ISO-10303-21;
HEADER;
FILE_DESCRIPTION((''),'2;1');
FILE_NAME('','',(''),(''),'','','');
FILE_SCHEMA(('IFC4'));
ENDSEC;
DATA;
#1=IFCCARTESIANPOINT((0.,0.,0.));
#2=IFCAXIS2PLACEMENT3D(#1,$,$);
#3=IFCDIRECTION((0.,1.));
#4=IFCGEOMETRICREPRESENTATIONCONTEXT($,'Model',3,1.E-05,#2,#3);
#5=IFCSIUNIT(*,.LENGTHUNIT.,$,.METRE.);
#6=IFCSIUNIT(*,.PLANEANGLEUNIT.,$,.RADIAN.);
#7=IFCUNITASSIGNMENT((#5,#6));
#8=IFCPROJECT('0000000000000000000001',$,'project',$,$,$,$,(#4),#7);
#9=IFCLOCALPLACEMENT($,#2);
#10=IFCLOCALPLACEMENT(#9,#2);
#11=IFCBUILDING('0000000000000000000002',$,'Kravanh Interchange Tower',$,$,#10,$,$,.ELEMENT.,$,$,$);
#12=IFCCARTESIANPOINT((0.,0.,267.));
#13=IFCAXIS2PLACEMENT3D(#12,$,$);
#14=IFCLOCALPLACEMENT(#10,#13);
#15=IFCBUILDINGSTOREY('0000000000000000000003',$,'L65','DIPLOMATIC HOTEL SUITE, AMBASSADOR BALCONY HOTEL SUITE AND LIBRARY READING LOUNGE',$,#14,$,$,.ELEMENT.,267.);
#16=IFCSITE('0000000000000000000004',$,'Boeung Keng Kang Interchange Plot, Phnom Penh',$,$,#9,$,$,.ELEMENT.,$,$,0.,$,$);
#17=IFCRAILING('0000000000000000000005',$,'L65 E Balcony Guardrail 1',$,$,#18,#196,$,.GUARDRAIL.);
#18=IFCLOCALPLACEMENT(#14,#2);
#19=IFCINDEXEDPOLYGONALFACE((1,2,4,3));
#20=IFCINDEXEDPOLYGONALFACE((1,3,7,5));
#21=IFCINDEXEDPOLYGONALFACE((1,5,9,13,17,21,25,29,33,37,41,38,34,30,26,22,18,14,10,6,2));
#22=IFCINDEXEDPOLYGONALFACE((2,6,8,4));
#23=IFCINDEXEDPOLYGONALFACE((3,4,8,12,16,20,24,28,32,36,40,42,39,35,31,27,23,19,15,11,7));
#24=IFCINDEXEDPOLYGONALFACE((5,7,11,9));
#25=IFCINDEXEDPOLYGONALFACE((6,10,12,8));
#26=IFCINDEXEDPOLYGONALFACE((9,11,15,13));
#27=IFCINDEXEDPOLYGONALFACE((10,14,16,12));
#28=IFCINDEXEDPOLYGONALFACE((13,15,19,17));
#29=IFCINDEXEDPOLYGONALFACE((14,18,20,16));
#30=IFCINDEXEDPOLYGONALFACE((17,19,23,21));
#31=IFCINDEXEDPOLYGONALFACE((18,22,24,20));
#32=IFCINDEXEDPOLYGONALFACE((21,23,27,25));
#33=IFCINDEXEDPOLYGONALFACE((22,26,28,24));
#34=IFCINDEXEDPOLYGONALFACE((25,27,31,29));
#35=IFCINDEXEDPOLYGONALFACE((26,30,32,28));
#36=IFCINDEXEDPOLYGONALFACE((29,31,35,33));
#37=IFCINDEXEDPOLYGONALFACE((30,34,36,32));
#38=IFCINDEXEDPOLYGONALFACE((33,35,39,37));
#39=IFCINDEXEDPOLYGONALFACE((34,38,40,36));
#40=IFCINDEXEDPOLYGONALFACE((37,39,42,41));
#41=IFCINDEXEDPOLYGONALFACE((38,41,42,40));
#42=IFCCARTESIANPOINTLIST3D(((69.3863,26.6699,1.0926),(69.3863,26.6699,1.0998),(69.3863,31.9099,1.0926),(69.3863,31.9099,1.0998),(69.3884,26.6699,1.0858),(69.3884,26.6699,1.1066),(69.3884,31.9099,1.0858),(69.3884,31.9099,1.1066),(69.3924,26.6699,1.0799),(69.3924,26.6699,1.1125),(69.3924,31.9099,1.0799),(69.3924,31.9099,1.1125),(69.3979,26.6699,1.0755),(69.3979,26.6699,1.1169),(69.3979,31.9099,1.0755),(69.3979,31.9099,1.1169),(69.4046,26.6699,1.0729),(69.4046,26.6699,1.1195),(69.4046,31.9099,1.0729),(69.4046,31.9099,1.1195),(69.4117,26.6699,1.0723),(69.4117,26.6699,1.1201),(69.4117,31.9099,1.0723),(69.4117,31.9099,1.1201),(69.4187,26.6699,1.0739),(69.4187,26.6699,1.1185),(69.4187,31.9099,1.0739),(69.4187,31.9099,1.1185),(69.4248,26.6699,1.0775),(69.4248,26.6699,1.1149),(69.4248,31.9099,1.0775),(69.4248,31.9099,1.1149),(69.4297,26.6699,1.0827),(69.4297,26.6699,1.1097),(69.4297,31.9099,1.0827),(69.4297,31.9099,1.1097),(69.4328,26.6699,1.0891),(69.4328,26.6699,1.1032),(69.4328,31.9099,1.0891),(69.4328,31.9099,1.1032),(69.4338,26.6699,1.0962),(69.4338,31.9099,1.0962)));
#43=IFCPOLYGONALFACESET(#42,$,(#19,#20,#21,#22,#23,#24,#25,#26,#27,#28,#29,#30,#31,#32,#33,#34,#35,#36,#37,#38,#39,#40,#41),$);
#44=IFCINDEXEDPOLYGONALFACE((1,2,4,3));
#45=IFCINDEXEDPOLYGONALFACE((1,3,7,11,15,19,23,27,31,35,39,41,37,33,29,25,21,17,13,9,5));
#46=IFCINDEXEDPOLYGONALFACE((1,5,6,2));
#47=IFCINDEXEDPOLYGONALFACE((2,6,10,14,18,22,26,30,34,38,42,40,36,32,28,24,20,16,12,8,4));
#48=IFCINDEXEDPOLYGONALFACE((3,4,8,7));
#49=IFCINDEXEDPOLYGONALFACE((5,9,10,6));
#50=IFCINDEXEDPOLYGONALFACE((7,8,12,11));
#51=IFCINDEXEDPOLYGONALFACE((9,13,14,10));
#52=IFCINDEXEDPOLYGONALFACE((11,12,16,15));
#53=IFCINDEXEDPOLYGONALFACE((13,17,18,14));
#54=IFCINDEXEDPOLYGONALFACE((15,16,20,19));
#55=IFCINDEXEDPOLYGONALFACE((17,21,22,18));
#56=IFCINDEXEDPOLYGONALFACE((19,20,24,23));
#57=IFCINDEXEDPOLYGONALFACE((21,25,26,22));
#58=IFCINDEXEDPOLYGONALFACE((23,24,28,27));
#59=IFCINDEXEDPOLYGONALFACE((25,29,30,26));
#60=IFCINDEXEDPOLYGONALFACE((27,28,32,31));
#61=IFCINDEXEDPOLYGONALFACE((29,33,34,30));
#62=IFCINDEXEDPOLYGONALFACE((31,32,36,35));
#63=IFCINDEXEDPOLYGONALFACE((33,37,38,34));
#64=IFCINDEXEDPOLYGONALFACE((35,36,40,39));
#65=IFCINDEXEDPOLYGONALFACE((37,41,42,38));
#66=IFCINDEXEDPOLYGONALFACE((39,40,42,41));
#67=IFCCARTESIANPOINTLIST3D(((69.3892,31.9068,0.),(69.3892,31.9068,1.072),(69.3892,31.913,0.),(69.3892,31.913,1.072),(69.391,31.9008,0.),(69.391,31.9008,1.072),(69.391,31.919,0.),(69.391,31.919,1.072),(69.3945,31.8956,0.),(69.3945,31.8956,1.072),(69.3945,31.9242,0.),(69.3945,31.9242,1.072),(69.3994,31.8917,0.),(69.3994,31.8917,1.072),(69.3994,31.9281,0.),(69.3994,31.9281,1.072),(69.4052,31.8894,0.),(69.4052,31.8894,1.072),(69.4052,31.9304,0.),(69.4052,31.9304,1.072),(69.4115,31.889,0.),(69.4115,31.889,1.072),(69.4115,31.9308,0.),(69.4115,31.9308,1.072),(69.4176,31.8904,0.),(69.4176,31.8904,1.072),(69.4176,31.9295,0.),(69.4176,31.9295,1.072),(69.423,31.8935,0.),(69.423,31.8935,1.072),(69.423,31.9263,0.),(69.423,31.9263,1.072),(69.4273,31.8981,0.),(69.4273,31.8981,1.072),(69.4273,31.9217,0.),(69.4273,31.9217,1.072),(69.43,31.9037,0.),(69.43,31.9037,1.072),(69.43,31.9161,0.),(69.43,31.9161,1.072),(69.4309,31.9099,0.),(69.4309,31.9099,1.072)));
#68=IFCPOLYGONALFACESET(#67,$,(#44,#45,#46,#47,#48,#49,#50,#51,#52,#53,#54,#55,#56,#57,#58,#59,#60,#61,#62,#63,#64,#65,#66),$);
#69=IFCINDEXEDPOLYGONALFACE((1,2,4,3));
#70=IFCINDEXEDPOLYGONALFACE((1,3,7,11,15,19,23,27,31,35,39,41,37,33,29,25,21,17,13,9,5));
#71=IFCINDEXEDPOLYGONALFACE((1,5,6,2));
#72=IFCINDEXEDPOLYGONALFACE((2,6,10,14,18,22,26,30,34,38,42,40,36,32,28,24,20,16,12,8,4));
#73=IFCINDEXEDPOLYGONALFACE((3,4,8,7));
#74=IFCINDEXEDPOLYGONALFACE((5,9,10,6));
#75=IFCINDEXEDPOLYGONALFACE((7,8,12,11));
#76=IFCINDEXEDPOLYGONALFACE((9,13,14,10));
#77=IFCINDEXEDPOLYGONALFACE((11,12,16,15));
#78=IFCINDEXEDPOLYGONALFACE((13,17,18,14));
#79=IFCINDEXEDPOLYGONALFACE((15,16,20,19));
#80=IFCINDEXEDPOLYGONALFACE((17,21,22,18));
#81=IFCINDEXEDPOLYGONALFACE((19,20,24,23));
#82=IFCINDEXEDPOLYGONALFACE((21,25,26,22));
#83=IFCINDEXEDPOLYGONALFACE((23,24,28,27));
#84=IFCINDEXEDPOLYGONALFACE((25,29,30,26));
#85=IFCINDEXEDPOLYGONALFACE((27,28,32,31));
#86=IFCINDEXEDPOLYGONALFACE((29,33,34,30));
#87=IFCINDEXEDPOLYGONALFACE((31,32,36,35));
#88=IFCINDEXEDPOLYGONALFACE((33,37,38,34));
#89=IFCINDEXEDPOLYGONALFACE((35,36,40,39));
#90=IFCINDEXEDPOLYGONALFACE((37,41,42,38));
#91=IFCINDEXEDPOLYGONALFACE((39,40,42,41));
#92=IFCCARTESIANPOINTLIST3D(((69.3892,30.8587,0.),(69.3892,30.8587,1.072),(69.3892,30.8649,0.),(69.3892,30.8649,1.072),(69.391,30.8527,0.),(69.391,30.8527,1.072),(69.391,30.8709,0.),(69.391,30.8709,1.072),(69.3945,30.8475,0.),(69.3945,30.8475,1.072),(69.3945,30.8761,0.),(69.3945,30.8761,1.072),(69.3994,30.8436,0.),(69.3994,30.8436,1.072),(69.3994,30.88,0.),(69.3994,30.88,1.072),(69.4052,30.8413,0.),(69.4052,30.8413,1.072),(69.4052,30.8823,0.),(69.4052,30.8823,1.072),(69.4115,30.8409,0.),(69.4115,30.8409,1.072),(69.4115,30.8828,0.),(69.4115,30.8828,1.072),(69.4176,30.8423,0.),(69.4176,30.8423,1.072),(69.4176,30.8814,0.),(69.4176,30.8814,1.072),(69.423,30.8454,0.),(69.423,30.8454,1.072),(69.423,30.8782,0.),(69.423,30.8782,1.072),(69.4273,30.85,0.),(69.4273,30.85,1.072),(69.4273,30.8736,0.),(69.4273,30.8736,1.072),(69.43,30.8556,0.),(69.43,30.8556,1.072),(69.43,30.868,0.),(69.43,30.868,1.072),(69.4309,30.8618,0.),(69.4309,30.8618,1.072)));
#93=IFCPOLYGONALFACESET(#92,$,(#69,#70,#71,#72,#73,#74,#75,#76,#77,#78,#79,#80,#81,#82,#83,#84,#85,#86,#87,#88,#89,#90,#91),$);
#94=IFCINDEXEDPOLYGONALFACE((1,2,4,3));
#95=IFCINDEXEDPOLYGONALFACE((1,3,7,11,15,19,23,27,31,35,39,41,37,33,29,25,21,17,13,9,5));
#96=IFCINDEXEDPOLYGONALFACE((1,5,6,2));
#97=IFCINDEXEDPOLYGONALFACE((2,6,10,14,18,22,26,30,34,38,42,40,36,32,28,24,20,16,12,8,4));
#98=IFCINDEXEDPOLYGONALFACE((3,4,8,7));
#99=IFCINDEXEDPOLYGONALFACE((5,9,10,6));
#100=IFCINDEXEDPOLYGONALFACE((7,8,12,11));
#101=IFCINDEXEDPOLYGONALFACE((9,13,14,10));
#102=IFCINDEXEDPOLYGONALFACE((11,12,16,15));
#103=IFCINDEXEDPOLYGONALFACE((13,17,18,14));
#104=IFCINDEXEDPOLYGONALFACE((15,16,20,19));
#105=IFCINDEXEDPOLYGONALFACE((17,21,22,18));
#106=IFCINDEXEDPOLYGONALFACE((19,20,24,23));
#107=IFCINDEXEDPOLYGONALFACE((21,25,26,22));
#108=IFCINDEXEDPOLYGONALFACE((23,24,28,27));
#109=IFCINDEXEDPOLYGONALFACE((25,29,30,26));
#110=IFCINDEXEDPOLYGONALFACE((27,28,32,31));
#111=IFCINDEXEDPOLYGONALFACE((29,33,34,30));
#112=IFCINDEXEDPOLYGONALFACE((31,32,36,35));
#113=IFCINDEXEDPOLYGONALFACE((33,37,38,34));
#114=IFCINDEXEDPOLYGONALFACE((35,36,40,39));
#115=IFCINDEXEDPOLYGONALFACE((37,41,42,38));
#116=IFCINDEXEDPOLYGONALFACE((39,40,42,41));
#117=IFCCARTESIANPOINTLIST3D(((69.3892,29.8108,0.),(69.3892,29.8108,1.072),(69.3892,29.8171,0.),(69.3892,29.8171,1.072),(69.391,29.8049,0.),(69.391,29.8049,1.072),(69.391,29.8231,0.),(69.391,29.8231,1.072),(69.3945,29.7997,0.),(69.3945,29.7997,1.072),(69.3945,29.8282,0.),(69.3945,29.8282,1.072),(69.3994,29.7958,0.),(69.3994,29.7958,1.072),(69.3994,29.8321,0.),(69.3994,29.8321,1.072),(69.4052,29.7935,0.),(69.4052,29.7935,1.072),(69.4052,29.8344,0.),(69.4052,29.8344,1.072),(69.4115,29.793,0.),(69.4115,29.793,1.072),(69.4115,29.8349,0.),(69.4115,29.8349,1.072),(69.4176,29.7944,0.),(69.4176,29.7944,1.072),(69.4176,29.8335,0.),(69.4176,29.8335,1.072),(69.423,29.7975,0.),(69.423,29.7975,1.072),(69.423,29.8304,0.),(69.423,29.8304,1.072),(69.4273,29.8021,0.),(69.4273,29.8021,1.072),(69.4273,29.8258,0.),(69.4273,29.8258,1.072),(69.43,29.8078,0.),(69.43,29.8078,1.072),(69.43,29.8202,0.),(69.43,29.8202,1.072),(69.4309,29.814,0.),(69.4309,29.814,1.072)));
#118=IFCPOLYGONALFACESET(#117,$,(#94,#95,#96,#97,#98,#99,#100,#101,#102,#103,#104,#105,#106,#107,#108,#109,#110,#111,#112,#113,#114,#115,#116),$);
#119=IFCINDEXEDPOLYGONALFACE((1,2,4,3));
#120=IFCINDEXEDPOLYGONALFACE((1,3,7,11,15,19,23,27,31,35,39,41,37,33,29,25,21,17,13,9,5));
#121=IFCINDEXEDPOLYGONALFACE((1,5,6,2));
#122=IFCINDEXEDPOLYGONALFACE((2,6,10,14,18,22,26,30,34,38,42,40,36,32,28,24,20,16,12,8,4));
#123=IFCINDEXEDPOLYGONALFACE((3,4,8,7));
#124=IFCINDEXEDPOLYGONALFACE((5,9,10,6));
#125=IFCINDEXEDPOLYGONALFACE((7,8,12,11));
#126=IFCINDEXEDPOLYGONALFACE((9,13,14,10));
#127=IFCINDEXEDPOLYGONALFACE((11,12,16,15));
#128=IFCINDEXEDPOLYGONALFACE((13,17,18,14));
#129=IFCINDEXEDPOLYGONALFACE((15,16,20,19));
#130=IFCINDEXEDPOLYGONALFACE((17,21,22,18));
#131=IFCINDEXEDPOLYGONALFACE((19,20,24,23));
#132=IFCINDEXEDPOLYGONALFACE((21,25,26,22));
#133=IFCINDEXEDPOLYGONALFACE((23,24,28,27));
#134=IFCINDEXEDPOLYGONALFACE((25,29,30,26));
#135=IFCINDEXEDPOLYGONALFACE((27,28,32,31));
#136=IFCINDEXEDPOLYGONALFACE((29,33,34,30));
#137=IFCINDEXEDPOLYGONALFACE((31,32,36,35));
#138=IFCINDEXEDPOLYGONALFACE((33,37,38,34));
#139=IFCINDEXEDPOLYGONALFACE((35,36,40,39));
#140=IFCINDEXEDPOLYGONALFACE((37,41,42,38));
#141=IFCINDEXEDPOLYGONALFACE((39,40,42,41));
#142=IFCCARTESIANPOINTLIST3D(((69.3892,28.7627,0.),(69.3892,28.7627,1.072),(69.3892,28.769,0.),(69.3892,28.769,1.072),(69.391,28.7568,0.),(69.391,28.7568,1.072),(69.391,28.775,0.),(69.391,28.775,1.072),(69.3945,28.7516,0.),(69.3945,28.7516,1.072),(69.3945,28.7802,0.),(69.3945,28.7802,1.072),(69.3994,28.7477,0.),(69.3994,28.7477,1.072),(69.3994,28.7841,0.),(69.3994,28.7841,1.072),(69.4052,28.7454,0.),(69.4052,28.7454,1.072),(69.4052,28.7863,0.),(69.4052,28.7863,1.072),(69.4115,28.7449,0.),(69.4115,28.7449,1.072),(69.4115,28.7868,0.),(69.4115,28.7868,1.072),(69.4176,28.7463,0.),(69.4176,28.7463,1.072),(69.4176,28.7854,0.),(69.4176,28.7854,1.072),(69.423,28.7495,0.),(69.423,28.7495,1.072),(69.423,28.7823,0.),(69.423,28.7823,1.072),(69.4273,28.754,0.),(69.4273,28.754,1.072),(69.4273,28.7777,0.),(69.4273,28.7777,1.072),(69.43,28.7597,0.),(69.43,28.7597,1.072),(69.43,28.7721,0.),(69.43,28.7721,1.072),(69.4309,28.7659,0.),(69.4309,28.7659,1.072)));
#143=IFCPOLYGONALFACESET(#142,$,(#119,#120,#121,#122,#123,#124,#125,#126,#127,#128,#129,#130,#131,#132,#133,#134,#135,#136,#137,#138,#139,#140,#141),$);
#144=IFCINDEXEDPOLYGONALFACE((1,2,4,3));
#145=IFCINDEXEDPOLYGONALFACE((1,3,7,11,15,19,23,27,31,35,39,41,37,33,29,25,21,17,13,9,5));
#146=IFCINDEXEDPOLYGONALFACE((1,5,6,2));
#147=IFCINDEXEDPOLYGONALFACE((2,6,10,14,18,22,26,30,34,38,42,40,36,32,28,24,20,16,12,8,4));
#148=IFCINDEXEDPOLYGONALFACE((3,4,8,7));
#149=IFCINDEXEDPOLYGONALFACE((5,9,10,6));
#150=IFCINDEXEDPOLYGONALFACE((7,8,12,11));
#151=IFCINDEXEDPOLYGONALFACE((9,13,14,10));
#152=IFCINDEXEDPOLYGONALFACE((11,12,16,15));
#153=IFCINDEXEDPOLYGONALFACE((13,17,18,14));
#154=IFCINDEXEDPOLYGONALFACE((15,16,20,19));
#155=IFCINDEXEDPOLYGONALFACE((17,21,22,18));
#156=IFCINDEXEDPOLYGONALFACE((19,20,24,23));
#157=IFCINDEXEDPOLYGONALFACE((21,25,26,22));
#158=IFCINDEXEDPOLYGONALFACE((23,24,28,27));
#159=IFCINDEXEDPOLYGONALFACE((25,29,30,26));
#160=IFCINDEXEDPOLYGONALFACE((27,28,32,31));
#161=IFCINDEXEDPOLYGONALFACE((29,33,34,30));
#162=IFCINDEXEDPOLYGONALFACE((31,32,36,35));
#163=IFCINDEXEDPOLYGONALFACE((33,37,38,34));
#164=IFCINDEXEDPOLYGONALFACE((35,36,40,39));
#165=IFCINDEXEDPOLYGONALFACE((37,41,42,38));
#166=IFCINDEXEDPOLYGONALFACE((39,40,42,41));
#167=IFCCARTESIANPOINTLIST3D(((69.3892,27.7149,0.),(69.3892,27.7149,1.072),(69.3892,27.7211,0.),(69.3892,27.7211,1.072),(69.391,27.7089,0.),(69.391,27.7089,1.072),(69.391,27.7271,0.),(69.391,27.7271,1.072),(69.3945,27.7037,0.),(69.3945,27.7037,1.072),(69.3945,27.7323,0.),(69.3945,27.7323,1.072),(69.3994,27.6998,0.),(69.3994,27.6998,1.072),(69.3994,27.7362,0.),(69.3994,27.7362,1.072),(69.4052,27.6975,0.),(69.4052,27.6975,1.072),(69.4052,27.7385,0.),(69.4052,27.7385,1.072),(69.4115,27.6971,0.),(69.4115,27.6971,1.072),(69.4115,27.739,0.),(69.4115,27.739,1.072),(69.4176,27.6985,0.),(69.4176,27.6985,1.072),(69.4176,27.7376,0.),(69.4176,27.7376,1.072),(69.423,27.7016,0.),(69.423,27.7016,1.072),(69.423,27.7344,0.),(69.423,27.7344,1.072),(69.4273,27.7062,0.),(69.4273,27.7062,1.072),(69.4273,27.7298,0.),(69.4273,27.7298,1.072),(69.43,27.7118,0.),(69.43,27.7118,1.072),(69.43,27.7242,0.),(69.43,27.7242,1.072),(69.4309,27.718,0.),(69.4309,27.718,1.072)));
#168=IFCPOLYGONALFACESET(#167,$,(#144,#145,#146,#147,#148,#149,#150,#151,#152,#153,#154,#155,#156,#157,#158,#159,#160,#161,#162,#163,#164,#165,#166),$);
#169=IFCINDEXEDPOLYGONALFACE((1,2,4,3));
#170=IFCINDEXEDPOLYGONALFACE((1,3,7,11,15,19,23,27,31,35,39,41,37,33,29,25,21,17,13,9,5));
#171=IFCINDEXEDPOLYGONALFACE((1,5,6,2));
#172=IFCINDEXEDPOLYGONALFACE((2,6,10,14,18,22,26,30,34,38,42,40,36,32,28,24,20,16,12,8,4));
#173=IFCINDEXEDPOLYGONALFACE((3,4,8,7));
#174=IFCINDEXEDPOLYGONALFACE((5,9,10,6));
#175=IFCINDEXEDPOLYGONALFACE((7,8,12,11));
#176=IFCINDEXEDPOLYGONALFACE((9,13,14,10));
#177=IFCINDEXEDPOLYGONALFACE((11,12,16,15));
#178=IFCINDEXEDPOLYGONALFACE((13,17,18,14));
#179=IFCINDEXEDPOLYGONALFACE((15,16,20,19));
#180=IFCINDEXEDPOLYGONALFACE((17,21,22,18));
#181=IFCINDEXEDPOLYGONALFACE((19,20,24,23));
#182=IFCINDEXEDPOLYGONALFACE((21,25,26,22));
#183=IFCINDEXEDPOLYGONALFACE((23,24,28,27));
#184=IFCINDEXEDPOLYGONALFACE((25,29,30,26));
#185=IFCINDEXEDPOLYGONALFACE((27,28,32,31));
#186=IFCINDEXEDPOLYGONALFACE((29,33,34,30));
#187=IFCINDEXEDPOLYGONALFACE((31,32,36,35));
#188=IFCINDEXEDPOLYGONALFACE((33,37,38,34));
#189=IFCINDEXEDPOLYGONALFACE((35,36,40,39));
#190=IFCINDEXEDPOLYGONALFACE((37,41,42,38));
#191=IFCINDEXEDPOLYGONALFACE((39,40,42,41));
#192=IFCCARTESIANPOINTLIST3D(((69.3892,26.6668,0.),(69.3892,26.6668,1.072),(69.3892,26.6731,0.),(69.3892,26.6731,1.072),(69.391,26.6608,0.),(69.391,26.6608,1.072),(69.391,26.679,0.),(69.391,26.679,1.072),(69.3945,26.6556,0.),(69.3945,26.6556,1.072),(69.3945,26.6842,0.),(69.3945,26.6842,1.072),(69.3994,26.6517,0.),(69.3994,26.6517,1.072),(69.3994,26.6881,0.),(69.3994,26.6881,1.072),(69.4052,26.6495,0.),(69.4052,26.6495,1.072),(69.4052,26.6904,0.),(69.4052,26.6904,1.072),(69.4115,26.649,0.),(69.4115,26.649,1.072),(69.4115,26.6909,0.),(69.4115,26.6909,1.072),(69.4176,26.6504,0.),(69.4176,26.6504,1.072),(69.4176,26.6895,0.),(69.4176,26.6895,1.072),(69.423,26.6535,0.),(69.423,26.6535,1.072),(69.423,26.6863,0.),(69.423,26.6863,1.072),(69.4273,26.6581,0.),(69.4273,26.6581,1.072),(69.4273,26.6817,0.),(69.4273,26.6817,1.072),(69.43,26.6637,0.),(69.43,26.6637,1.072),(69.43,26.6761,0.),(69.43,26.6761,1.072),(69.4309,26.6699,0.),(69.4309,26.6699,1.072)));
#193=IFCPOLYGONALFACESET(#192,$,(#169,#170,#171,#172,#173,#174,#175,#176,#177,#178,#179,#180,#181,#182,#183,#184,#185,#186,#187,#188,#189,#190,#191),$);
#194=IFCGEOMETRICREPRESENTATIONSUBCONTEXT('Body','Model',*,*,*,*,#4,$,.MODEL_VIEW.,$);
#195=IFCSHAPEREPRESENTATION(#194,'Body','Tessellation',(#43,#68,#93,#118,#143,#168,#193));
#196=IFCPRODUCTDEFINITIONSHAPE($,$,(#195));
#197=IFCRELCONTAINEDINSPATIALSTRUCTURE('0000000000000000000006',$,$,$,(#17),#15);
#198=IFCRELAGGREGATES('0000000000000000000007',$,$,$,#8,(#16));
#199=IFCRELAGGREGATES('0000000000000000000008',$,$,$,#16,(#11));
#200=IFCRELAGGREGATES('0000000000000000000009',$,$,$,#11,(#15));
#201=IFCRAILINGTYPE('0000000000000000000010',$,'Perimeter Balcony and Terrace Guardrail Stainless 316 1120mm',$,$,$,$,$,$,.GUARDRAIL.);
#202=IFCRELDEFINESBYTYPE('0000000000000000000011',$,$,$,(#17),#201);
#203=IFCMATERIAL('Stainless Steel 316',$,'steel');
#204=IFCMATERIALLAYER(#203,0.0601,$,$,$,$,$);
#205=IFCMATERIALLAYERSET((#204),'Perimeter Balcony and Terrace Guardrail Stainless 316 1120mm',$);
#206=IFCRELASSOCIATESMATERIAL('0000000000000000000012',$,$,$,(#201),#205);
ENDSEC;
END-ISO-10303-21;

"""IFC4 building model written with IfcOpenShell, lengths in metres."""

from ifc_helpers import new_model, si_unit, direction, frame, origin, origin_2d, place, context, subcontext, project, spatial, circle, extrude, material, layer, layer_set, type_object, element, save


model = new_model("IFC4")

# Units and contexts
model_context = context("Model", 3, precision=1e-05, world=origin(), true_north=direction((0.0, 1.0)))
body_context = subcontext(model_context, "Body", "Model", "MODEL_VIEW")
ifc_project = project(units=[si_unit("LENGTHUNIT", "METRE"), si_unit("PLANEANGLEUNIT", "RADIAN")], contexts=[model_context])

# Site, building, storey
site_placement = place(None, origin())
site = spatial("IfcSite", under=ifc_project, at=site_placement, Name="Boeung Keng Kang Interchange Plot, Phnom Penh", CompositionType="ELEMENT", RefElevation=0.0)
building_placement = place(site_placement, origin())
building = spatial("IfcBuilding", under=site, at=building_placement, Name="Kravanh Interchange Tower", CompositionType="ELEMENT")
storey_placement = place(building_placement, frame((0.0, 0.0, 267.0)))
storey = spatial("IfcBuildingStorey", under=building, at=storey_placement, Name="L65", Description="DIPLOMATIC HOTEL SUITE, AMBASSADOR BALCONY HOTEL SUITE AND LIBRARY READING LOUNGE", CompositionType="ELEMENT", Elevation=267.0)

# Railing
ifc_material_1 = material(Name="Stainless Steel 316", Category="steel")
ifc_layer_1 = layer(ifc_material_1, 0.0601)
ifc_layer_set_1 = layer_set([ifc_layer_1], Name="Perimeter Balcony and Terrace Guardrail Stainless 316 1120mm")
railing_type_1 = type_object("IfcRailingType", Name="Perimeter Balcony and Terrace Guardrail Stainless 316 1120mm", PredefinedType="GUARDRAIL", material=ifc_layer_set_1)
railing_1_placement = place(storey_placement, frame((69.4099, 31.9099, 0.0)))
element("IfcRailing", 1, at=railing_1_placement, inside=storey, type_object=railing_type_1, Name="L65 E Balcony Guardrail 1", PredefinedType="GUARDRAIL", context=body_context, shape_type="SweptSolid", body=[
    extrude(circle(Radius=0.0239, at=origin_2d()), frame((0.0, 0.0, 1.0962), z_axis=(0.0, -1.0, 0.0), x_axis=(1.0, 0.0, 0.0)), (0.0, 0.0, 1.0), 5.24),
    extrude(circle(Radius=0.021, at=origin_2d()), origin(), (0.0, 0.0, 1.0), 1.072),
    extrude(circle(Radius=0.021, at=origin_2d()), frame((0.0, -1.0481, 0.0)), (0.0, 0.0, 1.0), 1.072),
    extrude(circle(Radius=0.021, at=origin_2d()), frame((0.0, -2.0959, 0.0)), (0.0, 0.0, 1.0), 1.072),
    extrude(circle(Radius=0.021, at=origin_2d()), frame((0.0, -3.144, 0.0)), (0.0, 0.0, 1.0), 1.072),
    extrude(circle(Radius=0.021, at=origin_2d()), frame((0.0, -4.1919, 0.0)), (0.0, 0.0, 1.0), 1.072),
    extrude(circle(Radius=0.021, at=origin_2d()), frame((0.0, -5.24, 0.0)), (0.0, 0.0, 1.0), 1.072),
])

save(model, "model.ifc")
